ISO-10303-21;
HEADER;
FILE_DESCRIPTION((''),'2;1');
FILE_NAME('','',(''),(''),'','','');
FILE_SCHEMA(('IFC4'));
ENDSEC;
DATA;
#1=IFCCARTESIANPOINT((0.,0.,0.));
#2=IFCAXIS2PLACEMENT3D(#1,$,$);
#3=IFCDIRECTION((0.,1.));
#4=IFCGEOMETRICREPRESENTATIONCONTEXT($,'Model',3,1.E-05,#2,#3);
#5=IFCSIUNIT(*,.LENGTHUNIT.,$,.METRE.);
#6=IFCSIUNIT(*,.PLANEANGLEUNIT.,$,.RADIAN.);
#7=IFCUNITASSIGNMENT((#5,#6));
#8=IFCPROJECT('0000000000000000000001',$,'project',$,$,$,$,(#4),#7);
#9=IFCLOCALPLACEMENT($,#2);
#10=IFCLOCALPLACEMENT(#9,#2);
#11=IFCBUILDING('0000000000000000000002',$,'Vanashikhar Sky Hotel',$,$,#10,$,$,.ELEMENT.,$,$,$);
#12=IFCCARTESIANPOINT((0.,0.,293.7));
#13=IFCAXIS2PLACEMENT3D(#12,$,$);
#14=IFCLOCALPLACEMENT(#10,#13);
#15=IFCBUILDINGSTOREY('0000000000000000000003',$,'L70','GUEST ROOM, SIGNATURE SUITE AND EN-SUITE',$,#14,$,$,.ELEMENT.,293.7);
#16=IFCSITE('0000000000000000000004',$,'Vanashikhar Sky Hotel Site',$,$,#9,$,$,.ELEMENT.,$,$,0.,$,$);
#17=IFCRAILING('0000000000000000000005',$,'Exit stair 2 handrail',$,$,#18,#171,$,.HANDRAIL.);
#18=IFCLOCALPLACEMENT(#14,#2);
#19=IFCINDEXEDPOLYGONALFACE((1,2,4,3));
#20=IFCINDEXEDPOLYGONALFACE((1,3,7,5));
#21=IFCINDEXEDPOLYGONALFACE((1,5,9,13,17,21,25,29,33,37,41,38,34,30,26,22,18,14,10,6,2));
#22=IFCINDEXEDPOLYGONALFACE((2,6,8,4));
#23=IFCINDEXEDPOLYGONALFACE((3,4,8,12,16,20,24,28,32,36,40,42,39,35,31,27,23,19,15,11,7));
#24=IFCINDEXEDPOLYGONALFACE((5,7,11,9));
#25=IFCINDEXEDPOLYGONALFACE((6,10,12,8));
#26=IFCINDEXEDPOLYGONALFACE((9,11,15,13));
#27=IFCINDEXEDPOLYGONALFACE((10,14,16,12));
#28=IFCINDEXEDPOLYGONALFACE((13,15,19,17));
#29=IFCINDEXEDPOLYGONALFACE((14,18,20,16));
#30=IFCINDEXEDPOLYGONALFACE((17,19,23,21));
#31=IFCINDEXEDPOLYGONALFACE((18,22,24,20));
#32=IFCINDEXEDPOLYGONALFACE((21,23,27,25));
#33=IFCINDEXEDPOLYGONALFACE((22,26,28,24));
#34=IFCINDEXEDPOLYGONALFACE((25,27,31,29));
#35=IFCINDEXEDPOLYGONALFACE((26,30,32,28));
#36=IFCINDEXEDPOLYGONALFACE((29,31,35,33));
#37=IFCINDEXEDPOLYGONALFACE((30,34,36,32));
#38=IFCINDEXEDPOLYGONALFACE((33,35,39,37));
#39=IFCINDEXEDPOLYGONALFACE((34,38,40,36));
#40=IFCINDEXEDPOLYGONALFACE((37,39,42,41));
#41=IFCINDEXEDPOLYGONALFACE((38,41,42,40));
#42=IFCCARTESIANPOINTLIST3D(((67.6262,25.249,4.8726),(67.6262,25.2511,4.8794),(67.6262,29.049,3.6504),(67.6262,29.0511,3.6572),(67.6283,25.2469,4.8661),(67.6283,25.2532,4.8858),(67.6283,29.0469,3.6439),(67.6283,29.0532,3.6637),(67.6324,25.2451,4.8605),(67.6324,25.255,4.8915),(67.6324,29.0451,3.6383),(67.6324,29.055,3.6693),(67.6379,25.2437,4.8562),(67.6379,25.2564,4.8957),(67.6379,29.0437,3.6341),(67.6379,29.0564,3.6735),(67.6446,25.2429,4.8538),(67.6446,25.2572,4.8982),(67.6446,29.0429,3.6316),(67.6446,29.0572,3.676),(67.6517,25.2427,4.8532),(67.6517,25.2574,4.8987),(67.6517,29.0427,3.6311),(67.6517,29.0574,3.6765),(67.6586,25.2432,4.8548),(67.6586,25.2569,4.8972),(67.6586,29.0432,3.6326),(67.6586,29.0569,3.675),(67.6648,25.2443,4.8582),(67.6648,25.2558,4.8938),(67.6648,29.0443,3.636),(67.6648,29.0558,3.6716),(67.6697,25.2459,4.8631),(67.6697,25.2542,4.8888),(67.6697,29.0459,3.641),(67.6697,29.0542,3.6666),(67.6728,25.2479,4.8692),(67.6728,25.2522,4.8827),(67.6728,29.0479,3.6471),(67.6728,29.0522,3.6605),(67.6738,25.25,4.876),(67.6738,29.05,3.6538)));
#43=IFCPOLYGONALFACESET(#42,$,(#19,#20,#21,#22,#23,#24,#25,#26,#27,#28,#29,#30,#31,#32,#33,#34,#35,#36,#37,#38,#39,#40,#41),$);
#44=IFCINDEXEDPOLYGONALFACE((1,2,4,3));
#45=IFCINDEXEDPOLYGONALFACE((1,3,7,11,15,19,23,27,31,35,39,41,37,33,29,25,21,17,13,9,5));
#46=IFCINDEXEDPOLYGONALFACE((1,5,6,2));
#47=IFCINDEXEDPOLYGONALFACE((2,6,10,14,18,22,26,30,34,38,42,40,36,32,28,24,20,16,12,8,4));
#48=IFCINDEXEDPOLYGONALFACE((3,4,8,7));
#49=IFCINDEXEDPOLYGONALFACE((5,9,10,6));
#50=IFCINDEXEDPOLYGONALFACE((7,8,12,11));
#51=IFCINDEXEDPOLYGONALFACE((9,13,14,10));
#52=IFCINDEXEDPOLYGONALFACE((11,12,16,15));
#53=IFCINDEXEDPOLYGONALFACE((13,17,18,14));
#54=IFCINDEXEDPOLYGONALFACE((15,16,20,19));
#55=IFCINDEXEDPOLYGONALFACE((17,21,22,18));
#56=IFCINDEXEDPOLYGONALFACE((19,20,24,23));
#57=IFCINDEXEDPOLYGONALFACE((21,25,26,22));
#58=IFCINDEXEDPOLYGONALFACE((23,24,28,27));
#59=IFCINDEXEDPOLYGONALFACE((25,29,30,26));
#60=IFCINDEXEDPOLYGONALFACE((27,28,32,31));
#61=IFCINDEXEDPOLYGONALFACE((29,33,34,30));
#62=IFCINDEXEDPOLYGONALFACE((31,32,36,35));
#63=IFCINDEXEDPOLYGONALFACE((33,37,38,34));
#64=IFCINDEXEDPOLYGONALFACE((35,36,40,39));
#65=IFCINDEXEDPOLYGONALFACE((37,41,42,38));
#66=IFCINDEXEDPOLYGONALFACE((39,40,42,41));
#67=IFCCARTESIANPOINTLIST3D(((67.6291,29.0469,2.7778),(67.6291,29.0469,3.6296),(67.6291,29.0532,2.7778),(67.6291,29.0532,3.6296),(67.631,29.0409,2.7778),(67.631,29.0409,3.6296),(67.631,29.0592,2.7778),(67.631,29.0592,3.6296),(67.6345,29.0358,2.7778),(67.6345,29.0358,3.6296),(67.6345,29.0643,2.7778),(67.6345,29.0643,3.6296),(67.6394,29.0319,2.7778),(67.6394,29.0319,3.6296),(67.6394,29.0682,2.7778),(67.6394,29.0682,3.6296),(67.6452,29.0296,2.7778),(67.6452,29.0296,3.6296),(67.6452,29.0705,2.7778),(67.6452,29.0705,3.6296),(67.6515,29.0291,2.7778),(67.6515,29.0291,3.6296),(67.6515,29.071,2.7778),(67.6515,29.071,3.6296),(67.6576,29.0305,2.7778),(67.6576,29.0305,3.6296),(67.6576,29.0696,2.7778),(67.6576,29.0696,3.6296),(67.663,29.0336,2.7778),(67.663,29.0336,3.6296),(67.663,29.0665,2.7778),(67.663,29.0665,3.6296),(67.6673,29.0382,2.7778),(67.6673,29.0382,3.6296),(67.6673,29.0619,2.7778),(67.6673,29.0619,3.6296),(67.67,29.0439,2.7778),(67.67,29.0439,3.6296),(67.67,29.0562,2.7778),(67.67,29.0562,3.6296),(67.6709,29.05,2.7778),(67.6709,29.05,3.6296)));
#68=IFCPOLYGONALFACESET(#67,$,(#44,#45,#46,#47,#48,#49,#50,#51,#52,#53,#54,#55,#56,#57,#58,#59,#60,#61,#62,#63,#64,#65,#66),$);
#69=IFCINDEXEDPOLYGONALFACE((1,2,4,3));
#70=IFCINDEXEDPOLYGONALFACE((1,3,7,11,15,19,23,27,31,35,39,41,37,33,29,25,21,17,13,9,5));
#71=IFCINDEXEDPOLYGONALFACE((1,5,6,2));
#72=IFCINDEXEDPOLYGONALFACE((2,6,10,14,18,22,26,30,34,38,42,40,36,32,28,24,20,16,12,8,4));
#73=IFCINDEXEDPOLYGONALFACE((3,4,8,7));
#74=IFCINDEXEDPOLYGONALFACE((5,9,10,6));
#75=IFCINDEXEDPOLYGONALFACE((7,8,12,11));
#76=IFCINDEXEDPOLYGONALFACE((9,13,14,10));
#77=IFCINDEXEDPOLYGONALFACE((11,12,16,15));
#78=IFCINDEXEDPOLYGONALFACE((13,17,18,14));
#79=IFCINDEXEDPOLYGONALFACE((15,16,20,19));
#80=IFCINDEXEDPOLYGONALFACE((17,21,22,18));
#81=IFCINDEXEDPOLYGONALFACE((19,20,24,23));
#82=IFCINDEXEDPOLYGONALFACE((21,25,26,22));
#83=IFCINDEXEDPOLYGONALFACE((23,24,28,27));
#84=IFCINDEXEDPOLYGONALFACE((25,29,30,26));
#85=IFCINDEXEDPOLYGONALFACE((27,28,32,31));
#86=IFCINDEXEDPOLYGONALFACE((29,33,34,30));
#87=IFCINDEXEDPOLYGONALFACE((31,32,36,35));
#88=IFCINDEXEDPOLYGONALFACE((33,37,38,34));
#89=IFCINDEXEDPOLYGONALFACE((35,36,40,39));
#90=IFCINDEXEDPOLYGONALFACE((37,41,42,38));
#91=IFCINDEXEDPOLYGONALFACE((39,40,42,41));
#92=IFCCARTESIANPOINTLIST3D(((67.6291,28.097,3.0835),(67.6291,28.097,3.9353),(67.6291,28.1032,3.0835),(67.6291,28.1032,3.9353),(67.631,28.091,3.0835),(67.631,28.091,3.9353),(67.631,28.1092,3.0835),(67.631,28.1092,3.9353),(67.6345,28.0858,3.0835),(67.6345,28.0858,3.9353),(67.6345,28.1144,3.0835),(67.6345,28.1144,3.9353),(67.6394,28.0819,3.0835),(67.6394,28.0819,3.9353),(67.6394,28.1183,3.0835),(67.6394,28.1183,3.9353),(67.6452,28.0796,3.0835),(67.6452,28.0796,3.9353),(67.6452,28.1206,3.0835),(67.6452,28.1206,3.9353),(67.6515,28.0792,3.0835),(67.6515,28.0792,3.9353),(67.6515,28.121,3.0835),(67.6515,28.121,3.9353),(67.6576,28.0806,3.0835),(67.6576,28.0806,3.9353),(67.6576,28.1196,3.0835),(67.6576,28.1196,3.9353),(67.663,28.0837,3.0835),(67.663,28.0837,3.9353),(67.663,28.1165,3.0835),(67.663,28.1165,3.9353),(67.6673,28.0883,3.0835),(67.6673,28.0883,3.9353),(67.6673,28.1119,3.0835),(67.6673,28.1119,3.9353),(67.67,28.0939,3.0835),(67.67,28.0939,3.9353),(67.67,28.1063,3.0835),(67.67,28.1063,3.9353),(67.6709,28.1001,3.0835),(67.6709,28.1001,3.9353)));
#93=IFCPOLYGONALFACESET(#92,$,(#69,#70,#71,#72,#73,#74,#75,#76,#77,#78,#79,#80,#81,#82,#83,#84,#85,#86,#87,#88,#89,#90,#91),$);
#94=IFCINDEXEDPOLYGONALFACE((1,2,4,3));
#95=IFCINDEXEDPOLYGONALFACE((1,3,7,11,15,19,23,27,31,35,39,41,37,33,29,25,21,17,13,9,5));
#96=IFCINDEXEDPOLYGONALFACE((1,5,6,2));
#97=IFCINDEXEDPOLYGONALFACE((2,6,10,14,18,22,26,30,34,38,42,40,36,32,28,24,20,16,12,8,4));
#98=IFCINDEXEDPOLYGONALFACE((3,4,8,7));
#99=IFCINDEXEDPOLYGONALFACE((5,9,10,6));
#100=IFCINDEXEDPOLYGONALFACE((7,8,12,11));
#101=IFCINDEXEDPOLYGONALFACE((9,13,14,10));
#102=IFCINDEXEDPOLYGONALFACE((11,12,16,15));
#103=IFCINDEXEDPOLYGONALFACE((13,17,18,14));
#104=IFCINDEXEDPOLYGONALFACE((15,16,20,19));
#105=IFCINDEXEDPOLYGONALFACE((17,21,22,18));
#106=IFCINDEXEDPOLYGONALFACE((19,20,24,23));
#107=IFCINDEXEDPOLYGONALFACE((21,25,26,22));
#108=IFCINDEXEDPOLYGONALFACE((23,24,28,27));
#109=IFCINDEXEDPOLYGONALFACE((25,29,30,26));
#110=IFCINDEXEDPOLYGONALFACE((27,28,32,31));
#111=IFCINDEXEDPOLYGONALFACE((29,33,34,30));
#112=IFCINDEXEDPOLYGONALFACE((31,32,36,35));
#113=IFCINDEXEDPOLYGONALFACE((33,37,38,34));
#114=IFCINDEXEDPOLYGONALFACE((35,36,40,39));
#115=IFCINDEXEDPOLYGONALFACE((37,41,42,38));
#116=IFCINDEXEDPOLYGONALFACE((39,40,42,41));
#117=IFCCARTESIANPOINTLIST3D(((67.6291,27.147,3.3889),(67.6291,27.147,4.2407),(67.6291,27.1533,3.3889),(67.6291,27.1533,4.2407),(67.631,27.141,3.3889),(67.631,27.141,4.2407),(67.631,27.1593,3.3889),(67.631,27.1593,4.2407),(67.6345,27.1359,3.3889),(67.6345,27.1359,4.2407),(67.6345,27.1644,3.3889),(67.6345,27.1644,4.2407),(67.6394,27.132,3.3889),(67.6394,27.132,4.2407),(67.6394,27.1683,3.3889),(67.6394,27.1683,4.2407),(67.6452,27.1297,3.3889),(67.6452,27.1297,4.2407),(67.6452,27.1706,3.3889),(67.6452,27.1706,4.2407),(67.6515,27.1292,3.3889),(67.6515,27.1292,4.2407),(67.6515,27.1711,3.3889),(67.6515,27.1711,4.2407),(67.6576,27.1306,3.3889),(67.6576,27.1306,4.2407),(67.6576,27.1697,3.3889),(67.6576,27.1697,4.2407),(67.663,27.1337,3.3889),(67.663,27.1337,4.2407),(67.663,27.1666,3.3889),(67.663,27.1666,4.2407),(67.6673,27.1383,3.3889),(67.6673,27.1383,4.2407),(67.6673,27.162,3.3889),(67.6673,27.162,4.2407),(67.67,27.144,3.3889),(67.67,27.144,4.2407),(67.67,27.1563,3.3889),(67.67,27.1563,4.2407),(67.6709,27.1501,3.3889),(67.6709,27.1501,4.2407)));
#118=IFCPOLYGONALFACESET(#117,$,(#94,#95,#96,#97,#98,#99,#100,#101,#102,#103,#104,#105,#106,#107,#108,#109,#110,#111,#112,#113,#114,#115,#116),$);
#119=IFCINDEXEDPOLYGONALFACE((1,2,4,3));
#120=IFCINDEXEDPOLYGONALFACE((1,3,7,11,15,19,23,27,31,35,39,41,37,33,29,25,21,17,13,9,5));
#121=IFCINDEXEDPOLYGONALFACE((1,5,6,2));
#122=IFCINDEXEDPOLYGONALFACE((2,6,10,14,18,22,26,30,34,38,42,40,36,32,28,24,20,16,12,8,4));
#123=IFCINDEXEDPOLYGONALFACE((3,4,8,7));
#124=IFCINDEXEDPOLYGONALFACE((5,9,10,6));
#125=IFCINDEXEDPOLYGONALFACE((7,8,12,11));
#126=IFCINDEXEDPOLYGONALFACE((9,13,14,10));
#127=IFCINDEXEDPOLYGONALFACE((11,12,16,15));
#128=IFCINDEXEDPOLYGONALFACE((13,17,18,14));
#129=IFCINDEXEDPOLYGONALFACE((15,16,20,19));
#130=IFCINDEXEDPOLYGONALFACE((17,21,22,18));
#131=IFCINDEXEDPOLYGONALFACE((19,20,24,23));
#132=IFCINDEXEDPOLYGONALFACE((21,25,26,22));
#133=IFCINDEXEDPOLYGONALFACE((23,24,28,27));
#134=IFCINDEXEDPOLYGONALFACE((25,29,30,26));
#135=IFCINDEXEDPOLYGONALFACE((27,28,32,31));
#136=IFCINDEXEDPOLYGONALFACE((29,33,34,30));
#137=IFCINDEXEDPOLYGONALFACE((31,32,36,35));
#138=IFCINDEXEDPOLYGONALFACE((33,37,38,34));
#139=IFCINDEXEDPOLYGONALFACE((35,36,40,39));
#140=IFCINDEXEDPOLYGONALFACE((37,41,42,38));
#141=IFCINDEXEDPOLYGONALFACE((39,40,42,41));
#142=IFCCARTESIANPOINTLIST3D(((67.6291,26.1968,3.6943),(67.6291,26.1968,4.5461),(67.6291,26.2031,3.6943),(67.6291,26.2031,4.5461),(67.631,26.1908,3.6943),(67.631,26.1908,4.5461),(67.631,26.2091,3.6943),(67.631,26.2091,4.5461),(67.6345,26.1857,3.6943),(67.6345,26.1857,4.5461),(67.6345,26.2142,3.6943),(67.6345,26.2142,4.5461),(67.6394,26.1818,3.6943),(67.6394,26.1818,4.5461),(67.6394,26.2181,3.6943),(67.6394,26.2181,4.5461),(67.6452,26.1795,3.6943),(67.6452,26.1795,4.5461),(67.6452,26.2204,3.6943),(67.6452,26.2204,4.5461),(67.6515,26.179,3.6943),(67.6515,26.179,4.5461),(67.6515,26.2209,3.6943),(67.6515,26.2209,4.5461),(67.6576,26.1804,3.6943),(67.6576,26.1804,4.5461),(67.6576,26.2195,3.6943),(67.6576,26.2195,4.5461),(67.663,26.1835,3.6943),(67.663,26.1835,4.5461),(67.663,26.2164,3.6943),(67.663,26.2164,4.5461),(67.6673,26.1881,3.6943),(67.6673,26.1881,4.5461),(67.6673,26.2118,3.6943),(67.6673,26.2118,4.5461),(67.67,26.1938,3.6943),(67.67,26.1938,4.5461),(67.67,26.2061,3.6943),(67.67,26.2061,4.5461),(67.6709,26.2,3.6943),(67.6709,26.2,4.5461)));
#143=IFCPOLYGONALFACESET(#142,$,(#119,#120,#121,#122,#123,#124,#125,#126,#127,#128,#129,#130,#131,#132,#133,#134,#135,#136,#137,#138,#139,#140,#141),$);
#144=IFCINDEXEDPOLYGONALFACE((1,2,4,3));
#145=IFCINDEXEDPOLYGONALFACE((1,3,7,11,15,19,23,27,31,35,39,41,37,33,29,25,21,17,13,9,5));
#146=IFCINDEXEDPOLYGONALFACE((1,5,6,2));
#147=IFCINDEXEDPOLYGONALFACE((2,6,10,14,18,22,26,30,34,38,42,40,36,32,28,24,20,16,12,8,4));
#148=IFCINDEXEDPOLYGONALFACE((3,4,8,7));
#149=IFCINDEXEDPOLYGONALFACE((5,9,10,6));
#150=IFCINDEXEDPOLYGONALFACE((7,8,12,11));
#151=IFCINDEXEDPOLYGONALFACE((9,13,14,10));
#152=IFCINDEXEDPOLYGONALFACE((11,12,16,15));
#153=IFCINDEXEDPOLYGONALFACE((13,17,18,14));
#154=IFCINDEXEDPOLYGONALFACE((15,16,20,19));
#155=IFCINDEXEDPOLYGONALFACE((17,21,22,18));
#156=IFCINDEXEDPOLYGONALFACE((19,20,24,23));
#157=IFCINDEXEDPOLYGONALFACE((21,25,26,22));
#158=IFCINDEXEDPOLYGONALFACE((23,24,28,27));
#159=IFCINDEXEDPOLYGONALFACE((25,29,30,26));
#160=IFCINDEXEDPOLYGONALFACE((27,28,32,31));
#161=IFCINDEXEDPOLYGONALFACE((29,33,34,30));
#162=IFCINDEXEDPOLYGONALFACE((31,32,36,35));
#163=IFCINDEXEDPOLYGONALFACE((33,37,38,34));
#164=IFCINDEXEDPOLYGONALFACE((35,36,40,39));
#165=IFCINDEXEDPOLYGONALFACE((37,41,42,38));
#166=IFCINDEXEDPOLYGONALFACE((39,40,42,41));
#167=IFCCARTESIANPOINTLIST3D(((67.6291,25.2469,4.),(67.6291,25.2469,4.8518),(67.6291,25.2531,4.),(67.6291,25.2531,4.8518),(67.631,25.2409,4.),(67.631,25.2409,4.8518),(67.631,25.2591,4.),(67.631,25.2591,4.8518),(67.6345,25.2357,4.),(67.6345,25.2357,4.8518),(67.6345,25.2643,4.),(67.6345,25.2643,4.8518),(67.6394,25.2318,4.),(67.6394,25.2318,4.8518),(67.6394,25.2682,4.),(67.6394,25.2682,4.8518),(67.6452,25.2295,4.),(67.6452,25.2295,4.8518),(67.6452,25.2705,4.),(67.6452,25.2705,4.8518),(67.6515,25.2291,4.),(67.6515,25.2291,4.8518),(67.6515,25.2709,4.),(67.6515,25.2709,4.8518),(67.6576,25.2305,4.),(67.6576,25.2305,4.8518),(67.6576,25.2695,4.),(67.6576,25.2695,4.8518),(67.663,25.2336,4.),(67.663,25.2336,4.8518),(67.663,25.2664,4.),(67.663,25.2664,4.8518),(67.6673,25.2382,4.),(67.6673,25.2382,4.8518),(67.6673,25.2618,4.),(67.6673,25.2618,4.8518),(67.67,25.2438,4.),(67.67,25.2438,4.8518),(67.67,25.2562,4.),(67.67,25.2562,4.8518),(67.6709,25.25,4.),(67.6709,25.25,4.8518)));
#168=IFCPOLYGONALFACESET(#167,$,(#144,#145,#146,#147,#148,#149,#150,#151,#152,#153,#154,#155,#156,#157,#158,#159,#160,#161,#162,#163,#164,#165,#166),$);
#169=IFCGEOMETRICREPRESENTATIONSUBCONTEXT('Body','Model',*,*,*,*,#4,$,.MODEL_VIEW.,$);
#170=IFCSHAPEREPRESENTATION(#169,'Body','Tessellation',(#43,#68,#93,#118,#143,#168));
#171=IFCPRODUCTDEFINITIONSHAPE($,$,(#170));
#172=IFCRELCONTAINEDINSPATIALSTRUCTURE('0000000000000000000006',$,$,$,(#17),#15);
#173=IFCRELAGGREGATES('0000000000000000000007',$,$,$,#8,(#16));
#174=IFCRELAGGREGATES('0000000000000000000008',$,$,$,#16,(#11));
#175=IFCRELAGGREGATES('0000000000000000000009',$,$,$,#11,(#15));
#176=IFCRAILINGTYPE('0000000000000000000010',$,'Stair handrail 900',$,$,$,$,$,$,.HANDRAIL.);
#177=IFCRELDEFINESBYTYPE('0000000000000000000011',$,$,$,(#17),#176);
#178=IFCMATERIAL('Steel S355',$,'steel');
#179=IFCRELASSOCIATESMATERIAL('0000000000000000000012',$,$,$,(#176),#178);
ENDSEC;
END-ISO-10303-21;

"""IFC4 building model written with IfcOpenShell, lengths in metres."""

from ifc_helpers import new_model, si_unit, direction, frame, origin, origin_2d, place, context, subcontext, project, spatial, circle, extrude, source, transform, mapped, material, type_object, element, save


model = new_model("IFC4")

# Units and contexts
model_context = context("Model", 3, precision=1e-05, world=origin(), true_north=direction((0.0, 1.0)))
body_context = subcontext(model_context, "Body", "Model", "MODEL_VIEW")
ifc_project = project(units=[si_unit("LENGTHUNIT", "METRE"), si_unit("PLANEANGLEUNIT", "RADIAN")], contexts=[model_context])

# Site, building, storey
site_placement = place(None, origin())
site = spatial("IfcSite", under=ifc_project, at=site_placement, Name="Vanashikhar Sky Hotel Site", CompositionType="ELEMENT", RefElevation=0.0)
building_placement = place(site_placement, origin())
building = spatial("IfcBuilding", under=site, at=building_placement, Name="Vanashikhar Sky Hotel", CompositionType="ELEMENT")
storey_placement = place(building_placement, frame((0.0, 0.0, 293.7)))
storey = spatial("IfcBuildingStorey", under=building, at=storey_placement, Name="L70", Description="GUEST ROOM, SIGNATURE SUITE AND EN-SUITE", CompositionType="ELEMENT", Elevation=293.7)

# Railing
ifc_material_1 = material(Name="Steel S355", Category="steel")
railing_type = type_object("IfcRailingType", Name="Stair handrail 900", PredefinedType="HANDRAIL", material=ifc_material_1)
shared_shape_1 = source(origin(), body_context, "Body", "SweptSolid", [
    extrude(circle(Radius=0.0239, at=origin_2d()), frame((0.0, 0.0, 0.876), z_axis=(0.0, -0.951976, 0.306173), x_axis=(1.0, 0.0, 0.0)), (0.0, 0.0, 1.0), 3.9917),
    extrude(circle(Radius=0.021, at=origin_2d()), origin(), (0.0, 0.0, 1.0), 0.8518),
    extrude(circle(Radius=0.021, at=origin_2d()), frame((0.0, -0.95, 0.3057)), (0.0, 0.0, 1.0), 0.8518),
    extrude(circle(Radius=0.021, at=origin_2d()), frame((0.0, -1.8999, 0.6111)), (0.0, 0.0, 1.0), 0.8518),
    extrude(circle(Radius=0.021, at=origin_2d()), frame((0.0, -2.8501, 0.9165)), (0.0, 0.0, 1.0), 0.8518),
    extrude(circle(Radius=0.021, at=origin_2d()), frame((0.0, -3.8, 1.2222)), (0.0, 0.0, 1.0), 0.8518),
])
for number, where, name in (
    (1, (67.6499, 29.05, 2.7778), "Exit stair 2 handrail"),
):
    element("IfcRailing", number, at=place(storey_placement, frame(where)), inside=storey, type_object=railing_type, Name=name, PredefinedType="HANDRAIL", context=body_context, shape_type="MappedRepresentation", body=[
        mapped(shared_shape_1, transform((0.0, 0.0, 0.0), scale=1.0)),
    ])

save(model, "model.ifc")
